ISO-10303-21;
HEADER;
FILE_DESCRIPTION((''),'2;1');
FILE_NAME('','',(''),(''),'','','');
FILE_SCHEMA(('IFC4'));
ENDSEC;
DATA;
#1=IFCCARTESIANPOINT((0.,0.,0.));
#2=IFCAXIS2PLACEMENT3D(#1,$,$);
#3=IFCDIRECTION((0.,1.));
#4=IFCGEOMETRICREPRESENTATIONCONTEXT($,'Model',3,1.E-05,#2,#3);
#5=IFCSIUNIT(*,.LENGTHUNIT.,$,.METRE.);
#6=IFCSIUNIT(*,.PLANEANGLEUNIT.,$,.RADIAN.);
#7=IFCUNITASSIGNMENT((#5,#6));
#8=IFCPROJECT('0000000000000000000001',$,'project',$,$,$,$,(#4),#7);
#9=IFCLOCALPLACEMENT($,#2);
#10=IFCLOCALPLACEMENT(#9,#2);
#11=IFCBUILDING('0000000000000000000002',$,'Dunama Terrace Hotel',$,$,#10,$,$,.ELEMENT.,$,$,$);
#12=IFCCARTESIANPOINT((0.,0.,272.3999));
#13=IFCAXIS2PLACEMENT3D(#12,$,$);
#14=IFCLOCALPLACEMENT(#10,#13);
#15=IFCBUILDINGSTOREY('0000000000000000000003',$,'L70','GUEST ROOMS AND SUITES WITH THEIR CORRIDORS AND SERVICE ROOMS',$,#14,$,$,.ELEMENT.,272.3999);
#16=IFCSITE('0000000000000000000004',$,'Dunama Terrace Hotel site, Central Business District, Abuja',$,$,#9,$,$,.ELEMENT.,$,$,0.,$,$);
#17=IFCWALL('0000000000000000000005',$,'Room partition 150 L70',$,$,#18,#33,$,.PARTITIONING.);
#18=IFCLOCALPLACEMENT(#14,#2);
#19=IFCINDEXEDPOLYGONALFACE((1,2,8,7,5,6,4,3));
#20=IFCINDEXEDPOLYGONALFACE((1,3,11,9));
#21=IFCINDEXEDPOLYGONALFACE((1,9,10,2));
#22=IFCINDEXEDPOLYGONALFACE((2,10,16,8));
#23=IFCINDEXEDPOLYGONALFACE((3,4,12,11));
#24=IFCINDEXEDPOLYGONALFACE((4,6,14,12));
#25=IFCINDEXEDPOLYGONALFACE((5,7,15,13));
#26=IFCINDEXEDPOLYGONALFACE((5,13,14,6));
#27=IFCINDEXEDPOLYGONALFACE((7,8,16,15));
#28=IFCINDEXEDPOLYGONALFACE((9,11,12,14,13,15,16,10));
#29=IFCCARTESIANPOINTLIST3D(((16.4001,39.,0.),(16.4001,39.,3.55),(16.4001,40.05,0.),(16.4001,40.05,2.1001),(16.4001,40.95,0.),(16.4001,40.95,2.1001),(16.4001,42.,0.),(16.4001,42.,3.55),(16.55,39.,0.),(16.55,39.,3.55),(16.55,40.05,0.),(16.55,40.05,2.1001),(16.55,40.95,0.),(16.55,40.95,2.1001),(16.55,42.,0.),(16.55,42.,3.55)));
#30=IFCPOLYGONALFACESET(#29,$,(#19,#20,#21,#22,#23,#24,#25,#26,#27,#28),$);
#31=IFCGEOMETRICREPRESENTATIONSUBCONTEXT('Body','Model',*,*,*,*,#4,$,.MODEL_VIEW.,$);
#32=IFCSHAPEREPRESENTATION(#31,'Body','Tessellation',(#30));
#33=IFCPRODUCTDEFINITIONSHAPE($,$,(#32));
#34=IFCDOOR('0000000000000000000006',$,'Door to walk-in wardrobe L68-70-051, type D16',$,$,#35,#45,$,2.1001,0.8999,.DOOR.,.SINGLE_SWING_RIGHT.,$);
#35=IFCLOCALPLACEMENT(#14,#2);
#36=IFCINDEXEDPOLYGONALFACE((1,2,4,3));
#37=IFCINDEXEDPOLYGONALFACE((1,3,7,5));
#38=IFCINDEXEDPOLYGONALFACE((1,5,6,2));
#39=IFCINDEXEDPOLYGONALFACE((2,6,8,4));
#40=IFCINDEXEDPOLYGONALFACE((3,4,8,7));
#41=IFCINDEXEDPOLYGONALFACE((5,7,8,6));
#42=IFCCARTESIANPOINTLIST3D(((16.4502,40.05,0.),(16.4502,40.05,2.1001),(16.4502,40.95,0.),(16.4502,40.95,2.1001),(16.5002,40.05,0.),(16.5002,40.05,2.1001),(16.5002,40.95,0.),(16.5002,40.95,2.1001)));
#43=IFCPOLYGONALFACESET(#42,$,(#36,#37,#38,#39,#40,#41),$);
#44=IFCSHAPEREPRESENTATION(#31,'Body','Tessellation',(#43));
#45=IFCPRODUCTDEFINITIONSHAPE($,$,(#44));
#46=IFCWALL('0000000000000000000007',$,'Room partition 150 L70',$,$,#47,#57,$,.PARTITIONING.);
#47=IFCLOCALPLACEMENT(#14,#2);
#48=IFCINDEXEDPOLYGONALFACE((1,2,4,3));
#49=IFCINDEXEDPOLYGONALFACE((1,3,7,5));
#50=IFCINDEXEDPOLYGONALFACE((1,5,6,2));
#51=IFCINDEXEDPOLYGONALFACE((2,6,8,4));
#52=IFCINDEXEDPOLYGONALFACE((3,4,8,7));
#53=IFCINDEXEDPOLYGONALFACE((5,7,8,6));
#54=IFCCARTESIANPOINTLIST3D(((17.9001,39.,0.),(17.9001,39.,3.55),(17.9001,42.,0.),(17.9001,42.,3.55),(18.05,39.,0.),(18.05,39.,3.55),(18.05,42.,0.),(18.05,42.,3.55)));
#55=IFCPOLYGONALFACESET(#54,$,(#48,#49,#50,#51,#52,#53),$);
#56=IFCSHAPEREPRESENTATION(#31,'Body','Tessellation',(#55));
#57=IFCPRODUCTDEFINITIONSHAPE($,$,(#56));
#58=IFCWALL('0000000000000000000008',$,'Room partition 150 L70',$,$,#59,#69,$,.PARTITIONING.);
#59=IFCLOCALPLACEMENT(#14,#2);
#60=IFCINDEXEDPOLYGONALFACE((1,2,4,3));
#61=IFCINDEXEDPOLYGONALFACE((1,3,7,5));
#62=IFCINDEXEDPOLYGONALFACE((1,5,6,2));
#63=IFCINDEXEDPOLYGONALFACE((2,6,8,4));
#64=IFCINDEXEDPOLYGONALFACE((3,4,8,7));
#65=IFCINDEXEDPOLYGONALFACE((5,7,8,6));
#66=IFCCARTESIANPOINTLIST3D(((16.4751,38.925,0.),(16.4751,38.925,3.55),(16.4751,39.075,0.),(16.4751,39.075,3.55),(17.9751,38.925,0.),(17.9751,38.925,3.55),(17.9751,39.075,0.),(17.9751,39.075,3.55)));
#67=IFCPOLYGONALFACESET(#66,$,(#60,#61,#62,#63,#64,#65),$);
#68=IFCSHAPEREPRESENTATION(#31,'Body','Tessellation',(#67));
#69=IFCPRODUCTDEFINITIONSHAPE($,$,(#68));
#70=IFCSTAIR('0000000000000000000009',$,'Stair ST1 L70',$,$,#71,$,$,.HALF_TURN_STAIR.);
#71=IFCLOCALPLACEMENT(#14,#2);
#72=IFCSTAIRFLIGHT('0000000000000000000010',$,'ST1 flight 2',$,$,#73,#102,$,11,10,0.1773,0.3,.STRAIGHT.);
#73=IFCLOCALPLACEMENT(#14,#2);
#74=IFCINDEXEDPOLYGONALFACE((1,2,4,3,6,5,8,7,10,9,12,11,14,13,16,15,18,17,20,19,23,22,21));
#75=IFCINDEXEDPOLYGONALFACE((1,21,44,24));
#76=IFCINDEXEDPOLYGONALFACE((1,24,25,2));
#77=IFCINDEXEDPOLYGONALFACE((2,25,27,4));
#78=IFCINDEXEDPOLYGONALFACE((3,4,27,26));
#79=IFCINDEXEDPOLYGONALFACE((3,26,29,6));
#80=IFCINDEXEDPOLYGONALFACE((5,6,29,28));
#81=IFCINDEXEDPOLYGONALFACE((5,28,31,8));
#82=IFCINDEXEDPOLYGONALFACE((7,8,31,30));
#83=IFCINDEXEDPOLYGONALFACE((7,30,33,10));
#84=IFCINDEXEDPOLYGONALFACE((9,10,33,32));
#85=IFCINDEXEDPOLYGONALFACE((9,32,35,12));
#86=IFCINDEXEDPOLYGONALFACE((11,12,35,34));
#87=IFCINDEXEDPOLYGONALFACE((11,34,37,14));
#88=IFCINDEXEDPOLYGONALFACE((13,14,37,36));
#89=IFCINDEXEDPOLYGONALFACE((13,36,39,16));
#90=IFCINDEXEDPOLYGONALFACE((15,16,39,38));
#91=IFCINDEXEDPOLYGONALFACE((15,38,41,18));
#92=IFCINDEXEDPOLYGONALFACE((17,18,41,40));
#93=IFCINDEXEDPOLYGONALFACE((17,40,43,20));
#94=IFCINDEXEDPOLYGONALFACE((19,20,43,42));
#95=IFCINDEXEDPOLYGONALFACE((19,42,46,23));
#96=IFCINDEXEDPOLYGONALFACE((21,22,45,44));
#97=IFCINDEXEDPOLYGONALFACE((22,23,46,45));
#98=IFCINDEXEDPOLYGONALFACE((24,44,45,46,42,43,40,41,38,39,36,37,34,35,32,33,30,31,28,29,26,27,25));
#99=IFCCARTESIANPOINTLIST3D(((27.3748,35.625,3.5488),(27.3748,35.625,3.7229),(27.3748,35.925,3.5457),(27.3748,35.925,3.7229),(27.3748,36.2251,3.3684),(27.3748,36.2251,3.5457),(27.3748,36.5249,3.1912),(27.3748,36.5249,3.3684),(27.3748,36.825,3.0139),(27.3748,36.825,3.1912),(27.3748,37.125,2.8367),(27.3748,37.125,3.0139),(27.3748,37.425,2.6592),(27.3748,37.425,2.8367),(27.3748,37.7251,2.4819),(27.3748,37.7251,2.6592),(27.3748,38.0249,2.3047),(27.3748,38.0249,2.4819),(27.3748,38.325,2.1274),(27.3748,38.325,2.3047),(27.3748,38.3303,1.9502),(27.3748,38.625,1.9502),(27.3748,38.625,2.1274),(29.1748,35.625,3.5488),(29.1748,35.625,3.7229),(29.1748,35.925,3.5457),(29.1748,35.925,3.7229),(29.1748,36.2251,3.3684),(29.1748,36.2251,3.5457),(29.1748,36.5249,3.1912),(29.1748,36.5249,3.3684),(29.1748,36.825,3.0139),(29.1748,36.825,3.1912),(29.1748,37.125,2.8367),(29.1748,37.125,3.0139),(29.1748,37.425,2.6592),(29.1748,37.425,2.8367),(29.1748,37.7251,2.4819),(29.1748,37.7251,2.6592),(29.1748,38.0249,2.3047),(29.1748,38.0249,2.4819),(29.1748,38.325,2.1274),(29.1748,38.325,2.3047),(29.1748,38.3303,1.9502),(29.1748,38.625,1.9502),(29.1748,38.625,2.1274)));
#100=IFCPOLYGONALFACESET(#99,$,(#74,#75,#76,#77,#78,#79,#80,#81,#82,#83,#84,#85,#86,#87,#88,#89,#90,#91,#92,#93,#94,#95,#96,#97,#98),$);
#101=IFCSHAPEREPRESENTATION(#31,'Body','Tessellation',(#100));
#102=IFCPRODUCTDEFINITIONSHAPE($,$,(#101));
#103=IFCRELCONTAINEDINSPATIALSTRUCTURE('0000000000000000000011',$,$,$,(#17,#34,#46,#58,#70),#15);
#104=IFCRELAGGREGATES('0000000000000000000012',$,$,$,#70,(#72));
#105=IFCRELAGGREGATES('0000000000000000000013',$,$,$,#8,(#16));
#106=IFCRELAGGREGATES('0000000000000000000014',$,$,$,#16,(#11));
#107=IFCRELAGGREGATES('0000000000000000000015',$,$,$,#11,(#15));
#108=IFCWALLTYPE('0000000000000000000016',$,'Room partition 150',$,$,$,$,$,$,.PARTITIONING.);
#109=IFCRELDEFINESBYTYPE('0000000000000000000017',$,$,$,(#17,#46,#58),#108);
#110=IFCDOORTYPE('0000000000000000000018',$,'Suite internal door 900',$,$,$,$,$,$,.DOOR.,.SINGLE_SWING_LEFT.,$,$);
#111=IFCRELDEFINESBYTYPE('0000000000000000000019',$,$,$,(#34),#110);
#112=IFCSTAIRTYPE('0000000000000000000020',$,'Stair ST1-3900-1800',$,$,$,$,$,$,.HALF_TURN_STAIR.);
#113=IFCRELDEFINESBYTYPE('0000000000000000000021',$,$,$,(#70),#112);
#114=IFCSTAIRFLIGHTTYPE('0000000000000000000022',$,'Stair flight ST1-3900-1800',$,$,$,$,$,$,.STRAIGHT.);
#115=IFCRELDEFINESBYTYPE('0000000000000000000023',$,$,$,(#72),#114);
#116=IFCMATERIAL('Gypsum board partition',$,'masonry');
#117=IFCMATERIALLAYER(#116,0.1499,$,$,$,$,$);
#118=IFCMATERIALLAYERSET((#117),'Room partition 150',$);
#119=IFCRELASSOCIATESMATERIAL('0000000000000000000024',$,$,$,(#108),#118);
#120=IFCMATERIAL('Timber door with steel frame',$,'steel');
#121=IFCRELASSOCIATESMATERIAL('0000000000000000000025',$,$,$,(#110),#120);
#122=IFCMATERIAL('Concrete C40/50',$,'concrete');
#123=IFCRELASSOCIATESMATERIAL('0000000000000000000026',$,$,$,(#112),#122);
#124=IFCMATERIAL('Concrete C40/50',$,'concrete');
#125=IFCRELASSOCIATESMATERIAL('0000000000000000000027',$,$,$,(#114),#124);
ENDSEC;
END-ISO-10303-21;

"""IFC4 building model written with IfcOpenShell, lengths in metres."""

from ifc_helpers import new_model, si_unit, direction, frame, frame_2d, origin, place, context, subcontext, project, spatial, polyline, rectangle, outline, extrude, material, layer, layer_set, type_object, element, fill, aggregate, save


model = new_model("IFC4")

# Units and contexts
model_context = context("Model", 3, precision=1e-05, world=origin(), true_north=direction((0.0, 1.0)))
body_context = subcontext(model_context, "Body", "Model", "MODEL_VIEW")
ifc_project = project(units=[si_unit("LENGTHUNIT", "METRE"), si_unit("PLANEANGLEUNIT", "RADIAN")], contexts=[model_context])

# Site, building, storey
site_placement = place(None, origin())
site = spatial("IfcSite", under=ifc_project, at=site_placement, Name="Dunama Terrace Hotel site, Central Business District, Abuja", CompositionType="ELEMENT", RefElevation=0.0)
building_placement = place(site_placement, origin())
building = spatial("IfcBuilding", under=site, at=building_placement, Name="Dunama Terrace Hotel", CompositionType="ELEMENT")
storey_placement = place(building_placement, frame((0.0, 0.0, 272.3999)))
storey = spatial("IfcBuildingStorey", under=building, at=storey_placement, Name="L70", Description="GUEST ROOMS AND SUITES WITH THEIR CORRIDORS AND SERVICE ROOMS", CompositionType="ELEMENT", Elevation=272.3999)

# Wall, opening, door
ifc_material_1 = material(Name="Gypsum board partition", Category="masonry")
ifc_layer_1 = layer(ifc_material_1, 0.1499)
ifc_layer_set_1 = layer_set([ifc_layer_1], Name="Room partition 150")
wall_type_1 = type_object("IfcWallType", Name="Room partition 150", PredefinedType="PARTITIONING", material=ifc_layer_set_1)
wall_1_placement = place(storey_placement, frame((16.4751, 39.0, 0.0), z_axis=(0.0, 0.0, 1.0), x_axis=(0.0, 1.0, 0.0)))
wall_1 = element("IfcWall", 1, at=wall_1_placement, inside=storey, type_object=wall_type_1, Name="Room partition 150 L70", PredefinedType="PARTITIONING", context=body_context, shape_type="SweptSolid", body=[
    extrude(rectangle(XDim=3.0, YDim=0.1499, at=frame_2d((1.5, 0.0))), origin(), (0.0, 0.0, 1.0), 3.55),
])
opening_1_placement = place(wall_1_placement, frame((1.05, 0.0, 0.0)))
opening_1 = element("IfcOpeningElement", 2, at=opening_1_placement, cuts=wall_1, PredefinedType="OPENING", context=body_context, shape_type="SweptSolid", body=[
    extrude(rectangle(XDim=0.8999, YDim=2.1001, at=frame_2d((0.45, 1.05))), frame((0.0, 0.085, 0.0), z_axis=(0.0, -1.0, 0.0), x_axis=(1.0, 0.0, 0.0)), (0.0, 0.0, 1.0), 0.1699),
])
ifc_material_2 = material(Name="Timber door with steel frame", Category="steel")
door_type_1 = type_object("IfcDoorType", Name="Suite internal door 900", OperationType="SINGLE_SWING_LEFT", PredefinedType="DOOR", material=ifc_material_2)
door_1_placement = place(opening_1_placement, frame((0.8999, 0.0, 0.0), z_axis=(0.0, 0.0, 1.0), x_axis=(-1.0, 0.0, 0.0)))
door_1 = element("IfcDoor", 3, at=door_1_placement, inside=storey, type_object=door_type_1, Name="Door to walk-in wardrobe L68-70-051, type D16", OperationType="SINGLE_SWING_RIGHT", OverallHeight=2.1001, OverallWidth=0.8999, PredefinedType="DOOR", context=body_context, shape_type="SweptSolid", body=[
    extrude(rectangle(XDim=0.8999, YDim=2.1001, at=frame_2d((0.45, 1.05))), frame((0.0, 0.0251, 0.0), z_axis=(0.0, -1.0, 0.0), x_axis=(1.0, 0.0, 0.0)), (0.0, 0.0, 1.0), 0.05),
])
fill(opening_1, door_1)

# Walls
wall_2_placement = place(storey_placement, frame((17.9751, 39.0, 0.0), z_axis=(0.0, 0.0, 1.0), x_axis=(0.0, 1.0, 0.0)))
element("IfcWall", 4, at=wall_2_placement, inside=storey, type_object=wall_type_1, Name="Room partition 150 L70", PredefinedType="PARTITIONING", context=body_context, shape_type="SweptSolid", body=[
    extrude(rectangle(XDim=3.0, YDim=0.1499, at=frame_2d((1.5, 0.0))), origin(), (0.0, 0.0, 1.0), 3.55),
])
wall_3_placement = place(storey_placement, frame((16.4751, 39.0, 0.0), z_axis=(0.0, 0.0, 1.0), x_axis=(1.0, 0.0, 0.0)))
element("IfcWall", 5, at=wall_3_placement, inside=storey, type_object=wall_type_1, Name="Room partition 150 L70", PredefinedType="PARTITIONING", context=body_context, shape_type="SweptSolid", body=[
    extrude(rectangle(XDim=1.5, YDim=0.1499, at=frame_2d((0.75, 0.0))), origin(), (0.0, 0.0, 1.0), 3.55),
])

# Stair, stair flight
ifc_material_3 = material(Name="Concrete C40/50", Category="concrete")
stair_type = type_object("IfcStairType", Name="Stair ST1-3900-1800", PredefinedType="HALF_TURN_STAIR", material=ifc_material_3)
stair_placement = place(storey_placement, origin())
stair = element("IfcStair", 6, at=stair_placement, inside=storey, type_object=stair_type, Name="Stair ST1 L70", PredefinedType="HALF_TURN_STAIR")
ifc_material_4 = material(Name="Concrete C40/50", Category="concrete")
stair_flight_type = type_object("IfcStairFlightType", Name="Stair flight ST1-3900-1800", PredefinedType="STRAIGHT", material=ifc_material_4)
stair_flight_placement = place(storey_placement, frame((28.2749, 38.625, 1.9502), z_axis=(0.0, 0.0, 1.0), x_axis=(0.0, -1.0, 0.0)))
stair_flight = element("IfcStairFlight", 7, at=stair_flight_placement, type_object=stair_flight_type, Name="ST1 flight 2", NumberOfRisers=11, NumberOfTreads=10, PredefinedType="STRAIGHT", RiserHeight=0.1773, TreadLength=0.3, context=body_context, shape_type="SweptSolid", body=[
    extrude(outline(polyline([(0.0, 0.0), (0.0, 0.1772), (0.3, 0.1772), (0.3, 0.3545), (0.6001, 0.3545), (0.6001, 0.5317), (0.8999, 0.5317), (0.8999, 0.709), (1.2, 0.709), (1.2, 0.8865), (1.5, 0.8865), (1.5, 1.0637), (1.8, 1.0637), (1.8, 1.241), (2.1001, 1.241), (2.1001, 1.4182), (2.3999, 1.4182), (2.3999, 1.5955), (2.7, 1.5955), (2.7, 1.7727), (3.0, 1.7727), (3.0, 1.95), (3.0, 1.5986), (0.2947, 0.0), (0.0, 0.0)])), frame((0.0, 0.8999, 0.0), z_axis=(0.0, -1.0, 0.0), x_axis=(1.0, 0.0, 0.0)), (0.0, 0.0, 1.0), 1.8),
])
aggregate(stair, [stair_flight])

save(model, "model.ifc")
